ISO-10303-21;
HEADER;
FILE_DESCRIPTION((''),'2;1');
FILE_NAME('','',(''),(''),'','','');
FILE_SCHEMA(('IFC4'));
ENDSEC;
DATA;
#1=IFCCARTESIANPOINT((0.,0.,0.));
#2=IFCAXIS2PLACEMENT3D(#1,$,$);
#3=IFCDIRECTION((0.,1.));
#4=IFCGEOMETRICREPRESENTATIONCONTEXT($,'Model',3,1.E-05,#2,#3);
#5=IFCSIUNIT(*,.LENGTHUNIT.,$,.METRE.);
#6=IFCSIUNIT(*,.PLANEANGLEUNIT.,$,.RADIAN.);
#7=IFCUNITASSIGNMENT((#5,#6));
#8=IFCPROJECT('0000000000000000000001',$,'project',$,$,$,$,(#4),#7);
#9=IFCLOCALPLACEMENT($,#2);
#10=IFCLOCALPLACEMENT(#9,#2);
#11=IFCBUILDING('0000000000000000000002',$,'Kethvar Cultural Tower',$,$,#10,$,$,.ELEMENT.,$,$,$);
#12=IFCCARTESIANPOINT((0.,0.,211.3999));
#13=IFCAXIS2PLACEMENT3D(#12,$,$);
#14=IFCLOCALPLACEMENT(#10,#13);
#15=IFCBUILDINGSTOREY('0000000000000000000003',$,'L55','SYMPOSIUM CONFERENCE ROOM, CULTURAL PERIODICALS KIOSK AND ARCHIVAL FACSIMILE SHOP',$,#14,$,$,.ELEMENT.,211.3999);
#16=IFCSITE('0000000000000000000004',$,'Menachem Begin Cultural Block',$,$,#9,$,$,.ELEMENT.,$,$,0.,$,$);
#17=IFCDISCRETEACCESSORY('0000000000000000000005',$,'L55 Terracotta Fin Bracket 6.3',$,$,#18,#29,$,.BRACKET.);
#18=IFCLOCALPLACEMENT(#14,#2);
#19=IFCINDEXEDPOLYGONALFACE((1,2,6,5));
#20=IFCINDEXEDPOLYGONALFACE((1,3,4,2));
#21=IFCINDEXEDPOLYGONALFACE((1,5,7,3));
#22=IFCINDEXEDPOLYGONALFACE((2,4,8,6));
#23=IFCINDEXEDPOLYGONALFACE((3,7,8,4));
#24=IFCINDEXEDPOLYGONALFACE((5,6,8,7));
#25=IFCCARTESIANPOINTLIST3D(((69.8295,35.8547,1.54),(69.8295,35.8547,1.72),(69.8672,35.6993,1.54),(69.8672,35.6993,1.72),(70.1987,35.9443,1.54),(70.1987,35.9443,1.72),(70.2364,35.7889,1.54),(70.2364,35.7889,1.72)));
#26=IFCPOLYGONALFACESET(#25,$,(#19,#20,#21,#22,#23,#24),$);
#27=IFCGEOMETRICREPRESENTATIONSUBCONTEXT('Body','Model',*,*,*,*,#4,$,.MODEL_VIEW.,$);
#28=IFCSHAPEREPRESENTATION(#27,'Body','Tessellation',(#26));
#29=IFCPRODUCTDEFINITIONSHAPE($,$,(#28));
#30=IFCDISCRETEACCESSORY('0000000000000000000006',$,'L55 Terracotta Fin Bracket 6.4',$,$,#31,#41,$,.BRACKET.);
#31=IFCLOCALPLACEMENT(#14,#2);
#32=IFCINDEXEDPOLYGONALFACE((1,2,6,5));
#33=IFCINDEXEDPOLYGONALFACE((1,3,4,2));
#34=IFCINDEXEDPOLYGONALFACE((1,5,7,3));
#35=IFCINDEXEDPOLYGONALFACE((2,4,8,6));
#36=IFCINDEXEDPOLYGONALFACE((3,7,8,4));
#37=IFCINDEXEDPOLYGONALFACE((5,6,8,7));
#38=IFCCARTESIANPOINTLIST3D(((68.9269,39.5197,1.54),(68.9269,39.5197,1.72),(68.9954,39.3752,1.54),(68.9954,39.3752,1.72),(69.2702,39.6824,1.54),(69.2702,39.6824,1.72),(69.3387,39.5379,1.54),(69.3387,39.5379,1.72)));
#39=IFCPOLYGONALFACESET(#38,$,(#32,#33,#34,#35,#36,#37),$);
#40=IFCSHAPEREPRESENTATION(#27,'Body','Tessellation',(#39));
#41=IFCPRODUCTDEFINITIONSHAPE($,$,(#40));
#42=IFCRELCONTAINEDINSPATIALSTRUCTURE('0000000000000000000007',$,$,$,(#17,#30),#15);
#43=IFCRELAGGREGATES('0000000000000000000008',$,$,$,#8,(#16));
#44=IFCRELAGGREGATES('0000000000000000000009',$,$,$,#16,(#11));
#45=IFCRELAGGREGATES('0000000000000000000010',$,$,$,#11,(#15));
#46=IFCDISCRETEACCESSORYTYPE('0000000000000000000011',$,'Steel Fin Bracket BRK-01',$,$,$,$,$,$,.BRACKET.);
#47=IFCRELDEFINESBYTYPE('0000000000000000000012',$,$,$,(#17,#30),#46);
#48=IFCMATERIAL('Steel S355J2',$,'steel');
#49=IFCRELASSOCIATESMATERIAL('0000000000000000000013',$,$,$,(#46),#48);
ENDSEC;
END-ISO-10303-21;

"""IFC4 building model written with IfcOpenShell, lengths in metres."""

from ifc_helpers import new_model, si_unit, direction, frame, origin, origin_2d, place, context, subcontext, project, spatial, rectangle, extrude, source, transform, mapped, material, type_object, element, save


model = new_model("IFC4")

# Units and contexts
model_context = context("Model", 3, precision=1e-05, world=origin(), true_north=direction((0.0, 1.0)))
body_context = subcontext(model_context, "Body", "Model", "MODEL_VIEW")
ifc_project = project(units=[si_unit("LENGTHUNIT", "METRE"), si_unit("PLANEANGLEUNIT", "RADIAN")], contexts=[model_context])

# Site, building, storey
site_placement = place(None, origin())
site = spatial("IfcSite", under=ifc_project, at=site_placement, Name="Menachem Begin Cultural Block", CompositionType="ELEMENT", RefElevation=0.0)
building_placement = place(site_placement, origin())
building = spatial("IfcBuilding", under=site, at=building_placement, Name="Kethvar Cultural Tower", CompositionType="ELEMENT")
storey_placement = place(building_placement, frame((0.0, 0.0, 211.3999)))
storey = spatial("IfcBuildingStorey", under=building, at=storey_placement, Name="L55", Description="SYMPOSIUM CONFERENCE ROOM, CULTURAL PERIODICALS KIOSK AND ARCHIVAL FACSIMILE SHOP", CompositionType="ELEMENT", Elevation=211.3999)

# Shared definitions
ifc_material_1 = material(Name="Steel S355J2", Category="steel")

# Discrete accessories
discrete_accessory_type = type_object("IfcDiscreteAccessoryType", Name="Steel Fin Bracket BRK-01", PredefinedType="BRACKET", material=ifc_material_1)
shared_shape_1 = source(origin(), body_context, "Body", "SweptSolid", [
    extrude(rectangle(XDim=0.3799, YDim=0.1599, at=origin_2d()), origin(), (0.0, 0.0, 1.0), 0.1799),
])
for number, where, z_axis, x_axis, name in (
    (1, (70.033, 35.8218, 1.54), (0.0, 0.0, 1.0), (0.971797, 0.235821, 0.0), "L55 Terracotta Fin Bracket 6.3"),
    (2, (69.1328, 39.5288, 1.54), (0.0, 0.0, 1.0), (0.90356, 0.428462, 0.0), "L55 Terracotta Fin Bracket 6.4"),
):
    element("IfcDiscreteAccessory", number, at=place(storey_placement, frame(where, z_axis=z_axis, x_axis=x_axis)), inside=storey, type_object=discrete_accessory_type, Name=name, PredefinedType="BRACKET", context=body_context, shape_type="MappedRepresentation", body=[
        mapped(shared_shape_1, transform((0.0, 0.0, 0.0), scale=1.0)),
    ])

save(model, "model.ifc")
